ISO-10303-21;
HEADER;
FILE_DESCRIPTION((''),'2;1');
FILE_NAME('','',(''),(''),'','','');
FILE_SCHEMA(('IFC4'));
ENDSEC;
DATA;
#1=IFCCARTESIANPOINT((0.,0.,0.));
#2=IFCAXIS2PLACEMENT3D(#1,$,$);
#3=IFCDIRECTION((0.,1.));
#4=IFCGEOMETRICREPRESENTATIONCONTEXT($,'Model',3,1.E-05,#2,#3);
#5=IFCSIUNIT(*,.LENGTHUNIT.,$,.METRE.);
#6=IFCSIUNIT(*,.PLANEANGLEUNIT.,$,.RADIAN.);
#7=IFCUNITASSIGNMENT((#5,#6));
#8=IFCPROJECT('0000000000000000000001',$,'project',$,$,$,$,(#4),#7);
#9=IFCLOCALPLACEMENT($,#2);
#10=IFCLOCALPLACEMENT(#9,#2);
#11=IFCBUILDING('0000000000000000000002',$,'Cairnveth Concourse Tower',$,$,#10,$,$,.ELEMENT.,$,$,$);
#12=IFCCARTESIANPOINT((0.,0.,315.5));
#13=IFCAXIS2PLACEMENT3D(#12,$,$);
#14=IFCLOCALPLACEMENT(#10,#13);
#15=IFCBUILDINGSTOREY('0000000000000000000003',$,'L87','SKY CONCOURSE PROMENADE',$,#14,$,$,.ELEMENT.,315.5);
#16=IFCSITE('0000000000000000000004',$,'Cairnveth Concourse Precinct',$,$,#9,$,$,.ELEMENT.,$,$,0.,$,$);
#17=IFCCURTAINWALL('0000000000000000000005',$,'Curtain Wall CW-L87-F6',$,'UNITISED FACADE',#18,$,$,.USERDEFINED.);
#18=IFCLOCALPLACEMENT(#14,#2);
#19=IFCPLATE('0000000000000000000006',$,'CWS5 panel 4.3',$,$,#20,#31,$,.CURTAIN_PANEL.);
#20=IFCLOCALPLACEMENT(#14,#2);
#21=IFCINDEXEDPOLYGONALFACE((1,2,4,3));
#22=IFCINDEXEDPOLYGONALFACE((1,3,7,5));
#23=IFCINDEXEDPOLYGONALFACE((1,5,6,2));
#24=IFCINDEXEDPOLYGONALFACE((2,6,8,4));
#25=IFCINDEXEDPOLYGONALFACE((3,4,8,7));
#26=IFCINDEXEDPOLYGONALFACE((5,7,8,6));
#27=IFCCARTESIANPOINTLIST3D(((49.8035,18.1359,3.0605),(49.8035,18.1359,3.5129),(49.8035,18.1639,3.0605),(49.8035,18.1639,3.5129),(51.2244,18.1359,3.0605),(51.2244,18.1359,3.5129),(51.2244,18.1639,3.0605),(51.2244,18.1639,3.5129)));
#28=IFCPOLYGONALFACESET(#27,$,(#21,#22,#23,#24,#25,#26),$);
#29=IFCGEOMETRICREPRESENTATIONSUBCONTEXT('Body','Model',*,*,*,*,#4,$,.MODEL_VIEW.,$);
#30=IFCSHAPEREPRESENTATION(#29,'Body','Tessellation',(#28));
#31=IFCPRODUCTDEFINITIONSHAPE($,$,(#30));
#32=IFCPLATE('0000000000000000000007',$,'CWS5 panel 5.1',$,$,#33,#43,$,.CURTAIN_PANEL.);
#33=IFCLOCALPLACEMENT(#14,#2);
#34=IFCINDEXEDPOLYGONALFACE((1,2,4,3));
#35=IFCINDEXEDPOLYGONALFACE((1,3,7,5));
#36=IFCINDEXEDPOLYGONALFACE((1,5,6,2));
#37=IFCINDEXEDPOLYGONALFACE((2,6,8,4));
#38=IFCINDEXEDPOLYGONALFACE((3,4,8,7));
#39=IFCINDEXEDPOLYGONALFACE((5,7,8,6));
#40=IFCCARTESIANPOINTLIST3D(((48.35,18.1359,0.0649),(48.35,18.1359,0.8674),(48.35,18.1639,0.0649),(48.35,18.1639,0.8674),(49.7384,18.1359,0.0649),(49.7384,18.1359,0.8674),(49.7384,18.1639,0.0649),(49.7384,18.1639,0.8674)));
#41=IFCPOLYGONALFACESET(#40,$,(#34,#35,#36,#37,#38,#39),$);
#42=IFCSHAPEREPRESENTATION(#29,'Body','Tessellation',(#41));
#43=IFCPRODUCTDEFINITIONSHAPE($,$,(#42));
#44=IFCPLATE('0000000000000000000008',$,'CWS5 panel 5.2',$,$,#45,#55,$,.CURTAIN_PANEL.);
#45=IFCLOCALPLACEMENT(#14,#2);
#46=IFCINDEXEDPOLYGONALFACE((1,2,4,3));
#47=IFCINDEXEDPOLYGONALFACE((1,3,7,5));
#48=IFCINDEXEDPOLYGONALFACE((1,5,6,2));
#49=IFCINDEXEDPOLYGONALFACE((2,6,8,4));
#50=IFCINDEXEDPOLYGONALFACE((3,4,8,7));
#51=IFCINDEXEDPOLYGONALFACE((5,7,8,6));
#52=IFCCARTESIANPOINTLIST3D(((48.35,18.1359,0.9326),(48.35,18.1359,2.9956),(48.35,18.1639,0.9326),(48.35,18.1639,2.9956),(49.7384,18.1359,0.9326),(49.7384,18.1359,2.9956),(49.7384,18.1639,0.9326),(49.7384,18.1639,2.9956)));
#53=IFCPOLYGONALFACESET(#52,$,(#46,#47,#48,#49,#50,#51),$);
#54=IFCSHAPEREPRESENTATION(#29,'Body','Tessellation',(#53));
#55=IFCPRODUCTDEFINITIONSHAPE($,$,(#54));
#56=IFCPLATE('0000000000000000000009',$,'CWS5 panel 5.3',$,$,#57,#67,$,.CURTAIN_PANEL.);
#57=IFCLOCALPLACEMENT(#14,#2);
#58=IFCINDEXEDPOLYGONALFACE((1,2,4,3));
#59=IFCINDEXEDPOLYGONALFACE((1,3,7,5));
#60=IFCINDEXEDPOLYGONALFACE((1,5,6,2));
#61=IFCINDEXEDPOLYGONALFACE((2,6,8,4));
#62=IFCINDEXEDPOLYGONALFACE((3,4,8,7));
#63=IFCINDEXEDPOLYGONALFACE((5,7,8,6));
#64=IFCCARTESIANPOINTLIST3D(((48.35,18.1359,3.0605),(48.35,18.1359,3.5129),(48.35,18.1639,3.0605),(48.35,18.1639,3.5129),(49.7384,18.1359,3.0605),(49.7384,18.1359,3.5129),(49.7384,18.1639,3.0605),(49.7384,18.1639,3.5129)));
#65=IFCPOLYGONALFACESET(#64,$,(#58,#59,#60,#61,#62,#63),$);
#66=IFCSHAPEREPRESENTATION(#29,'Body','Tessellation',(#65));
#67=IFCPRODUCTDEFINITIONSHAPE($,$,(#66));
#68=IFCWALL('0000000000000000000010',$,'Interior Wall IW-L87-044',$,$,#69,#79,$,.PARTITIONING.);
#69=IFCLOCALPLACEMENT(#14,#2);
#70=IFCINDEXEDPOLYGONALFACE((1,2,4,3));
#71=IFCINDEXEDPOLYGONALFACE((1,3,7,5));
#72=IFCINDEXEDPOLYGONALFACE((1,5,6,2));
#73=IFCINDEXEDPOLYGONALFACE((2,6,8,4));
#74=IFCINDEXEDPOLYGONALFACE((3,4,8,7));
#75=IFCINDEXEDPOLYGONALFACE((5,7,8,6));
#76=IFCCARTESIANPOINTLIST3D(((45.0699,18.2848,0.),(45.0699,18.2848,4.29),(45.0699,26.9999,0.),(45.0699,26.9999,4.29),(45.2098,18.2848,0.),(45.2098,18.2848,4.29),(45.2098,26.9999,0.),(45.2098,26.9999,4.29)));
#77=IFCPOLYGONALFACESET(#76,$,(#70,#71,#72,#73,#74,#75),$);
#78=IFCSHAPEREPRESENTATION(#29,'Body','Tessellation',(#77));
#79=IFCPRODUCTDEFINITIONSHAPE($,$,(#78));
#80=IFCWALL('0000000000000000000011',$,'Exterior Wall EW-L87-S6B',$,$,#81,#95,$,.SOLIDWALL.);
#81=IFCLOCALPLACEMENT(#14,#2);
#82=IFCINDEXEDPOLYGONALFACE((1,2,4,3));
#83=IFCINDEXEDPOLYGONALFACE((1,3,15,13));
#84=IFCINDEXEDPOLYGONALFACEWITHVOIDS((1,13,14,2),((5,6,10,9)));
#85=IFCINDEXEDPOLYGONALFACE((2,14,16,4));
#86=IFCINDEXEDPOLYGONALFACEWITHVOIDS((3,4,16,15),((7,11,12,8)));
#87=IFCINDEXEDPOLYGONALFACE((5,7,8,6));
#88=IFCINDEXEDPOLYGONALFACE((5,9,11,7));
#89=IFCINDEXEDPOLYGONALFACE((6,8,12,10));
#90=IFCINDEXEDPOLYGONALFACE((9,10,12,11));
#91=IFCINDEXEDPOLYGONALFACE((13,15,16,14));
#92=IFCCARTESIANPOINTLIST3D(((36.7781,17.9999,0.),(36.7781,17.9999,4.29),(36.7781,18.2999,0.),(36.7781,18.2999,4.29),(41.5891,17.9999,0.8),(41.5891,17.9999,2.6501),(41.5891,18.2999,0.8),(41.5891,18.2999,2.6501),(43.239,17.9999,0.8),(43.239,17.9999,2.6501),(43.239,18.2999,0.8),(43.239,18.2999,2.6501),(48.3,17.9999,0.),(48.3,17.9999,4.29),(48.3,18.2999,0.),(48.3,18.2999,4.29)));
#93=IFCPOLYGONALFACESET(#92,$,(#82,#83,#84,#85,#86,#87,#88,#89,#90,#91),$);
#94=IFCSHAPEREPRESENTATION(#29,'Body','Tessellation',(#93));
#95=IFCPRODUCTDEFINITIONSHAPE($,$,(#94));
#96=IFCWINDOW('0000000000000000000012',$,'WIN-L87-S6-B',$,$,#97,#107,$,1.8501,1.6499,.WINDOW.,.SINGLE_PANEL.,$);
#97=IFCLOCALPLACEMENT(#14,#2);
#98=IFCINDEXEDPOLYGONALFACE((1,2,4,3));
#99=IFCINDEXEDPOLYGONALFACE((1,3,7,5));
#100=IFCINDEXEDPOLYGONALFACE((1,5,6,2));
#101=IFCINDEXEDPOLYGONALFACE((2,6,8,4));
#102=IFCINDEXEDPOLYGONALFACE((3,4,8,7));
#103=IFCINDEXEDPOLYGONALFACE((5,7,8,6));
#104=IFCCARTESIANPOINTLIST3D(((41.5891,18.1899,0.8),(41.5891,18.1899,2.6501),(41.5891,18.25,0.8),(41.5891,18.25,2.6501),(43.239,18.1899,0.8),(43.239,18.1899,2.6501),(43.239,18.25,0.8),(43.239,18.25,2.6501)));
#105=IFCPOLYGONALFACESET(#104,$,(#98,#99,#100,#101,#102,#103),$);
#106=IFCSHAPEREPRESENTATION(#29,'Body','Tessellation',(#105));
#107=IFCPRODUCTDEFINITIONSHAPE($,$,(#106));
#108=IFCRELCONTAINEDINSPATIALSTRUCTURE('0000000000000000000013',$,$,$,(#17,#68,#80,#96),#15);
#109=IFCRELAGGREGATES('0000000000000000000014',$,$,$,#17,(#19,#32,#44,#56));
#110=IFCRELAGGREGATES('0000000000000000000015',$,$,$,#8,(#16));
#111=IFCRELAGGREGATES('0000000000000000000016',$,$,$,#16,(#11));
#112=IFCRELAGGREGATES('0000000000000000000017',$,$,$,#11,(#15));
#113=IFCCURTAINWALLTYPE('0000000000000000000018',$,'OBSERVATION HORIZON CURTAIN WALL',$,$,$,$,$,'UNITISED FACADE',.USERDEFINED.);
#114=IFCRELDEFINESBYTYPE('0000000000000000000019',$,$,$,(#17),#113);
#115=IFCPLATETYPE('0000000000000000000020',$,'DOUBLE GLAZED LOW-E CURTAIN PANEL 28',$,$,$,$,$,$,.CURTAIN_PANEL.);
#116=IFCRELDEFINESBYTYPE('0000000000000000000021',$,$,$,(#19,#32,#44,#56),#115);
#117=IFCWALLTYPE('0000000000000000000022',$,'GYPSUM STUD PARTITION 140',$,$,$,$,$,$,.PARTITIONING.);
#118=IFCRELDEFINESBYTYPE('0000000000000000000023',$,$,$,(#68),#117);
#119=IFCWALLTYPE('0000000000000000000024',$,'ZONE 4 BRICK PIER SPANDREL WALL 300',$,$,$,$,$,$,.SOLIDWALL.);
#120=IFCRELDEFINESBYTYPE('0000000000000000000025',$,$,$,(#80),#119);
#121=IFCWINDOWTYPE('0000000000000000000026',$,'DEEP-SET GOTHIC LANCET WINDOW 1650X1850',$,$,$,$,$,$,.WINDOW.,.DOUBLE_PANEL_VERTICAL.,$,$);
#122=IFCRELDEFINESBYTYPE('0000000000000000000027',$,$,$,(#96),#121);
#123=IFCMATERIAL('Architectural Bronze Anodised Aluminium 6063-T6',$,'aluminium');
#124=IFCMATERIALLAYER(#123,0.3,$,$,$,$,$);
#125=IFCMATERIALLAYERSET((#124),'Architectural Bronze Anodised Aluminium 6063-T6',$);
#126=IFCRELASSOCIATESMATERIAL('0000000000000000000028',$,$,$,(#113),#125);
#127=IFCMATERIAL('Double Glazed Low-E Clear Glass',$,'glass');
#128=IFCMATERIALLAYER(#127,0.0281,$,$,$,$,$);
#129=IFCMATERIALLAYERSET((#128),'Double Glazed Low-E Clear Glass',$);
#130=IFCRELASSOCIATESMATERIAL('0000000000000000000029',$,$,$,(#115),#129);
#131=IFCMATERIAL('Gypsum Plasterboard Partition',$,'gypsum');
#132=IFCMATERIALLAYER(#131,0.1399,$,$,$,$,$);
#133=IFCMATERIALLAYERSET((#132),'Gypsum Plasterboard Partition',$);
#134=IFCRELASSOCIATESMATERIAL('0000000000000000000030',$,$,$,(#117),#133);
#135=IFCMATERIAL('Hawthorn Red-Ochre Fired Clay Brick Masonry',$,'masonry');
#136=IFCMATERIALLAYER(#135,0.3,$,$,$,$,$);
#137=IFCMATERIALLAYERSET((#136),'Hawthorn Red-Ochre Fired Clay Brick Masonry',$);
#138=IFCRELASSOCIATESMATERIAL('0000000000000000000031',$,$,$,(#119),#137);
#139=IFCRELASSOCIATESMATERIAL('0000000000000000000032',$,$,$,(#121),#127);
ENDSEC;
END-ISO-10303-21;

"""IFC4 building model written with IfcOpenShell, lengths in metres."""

from ifc_helpers import new_model, si_unit, direction, frame, frame_2d, origin, origin_2d, place, context, subcontext, project, spatial, rectangle, extrude, material, layer, layer_set, type_object, element, fill, aggregate, save


model = new_model("IFC4")

# Units and contexts
model_context = context("Model", 3, precision=1e-05, world=origin(), true_north=direction((0.0, 1.0)))
body_context = subcontext(model_context, "Body", "Model", "MODEL_VIEW")
ifc_project = project(units=[si_unit("LENGTHUNIT", "METRE"), si_unit("PLANEANGLEUNIT", "RADIAN")], contexts=[model_context])

# Site, building, storey
site_placement = place(None, origin())
site = spatial("IfcSite", under=ifc_project, at=site_placement, Name="Cairnveth Concourse Precinct", CompositionType="ELEMENT", RefElevation=0.0)
building_placement = place(site_placement, origin())
building = spatial("IfcBuilding", under=site, at=building_placement, Name="Cairnveth Concourse Tower", CompositionType="ELEMENT")
storey_placement = place(building_placement, frame((0.0, 0.0, 315.5)))
storey = spatial("IfcBuildingStorey", under=building, at=storey_placement, Name="L87", Description="SKY CONCOURSE PROMENADE", CompositionType="ELEMENT", Elevation=315.5)

# Curtain wall, plates
ifc_material_1 = material(Name="Architectural Bronze Anodised Aluminium 6063-T6", Category="aluminium")
ifc_layer_1 = layer(ifc_material_1, 0.3)
ifc_layer_set_1 = layer_set([ifc_layer_1], Name="Architectural Bronze Anodised Aluminium 6063-T6")
curtain_wall_type = type_object("IfcCurtainWallType", Name="OBSERVATION HORIZON CURTAIN WALL", ElementType="UNITISED FACADE", PredefinedType="USERDEFINED", material=ifc_layer_set_1)
curtain_wall_placement = place(storey_placement, origin())
curtain_wall = element("IfcCurtainWall", 1, at=curtain_wall_placement, inside=storey, type_object=curtain_wall_type, Name="Curtain Wall CW-L87-F6", ObjectType="UNITISED FACADE", PredefinedType="USERDEFINED")
ifc_material_2 = material(Name="Double Glazed Low-E Clear Glass", Category="glass")
ifc_layer_2 = layer(ifc_material_2, 0.0281)
ifc_layer_set_2 = layer_set([ifc_layer_2], Name="Double Glazed Low-E Clear Glass")
plate_type = type_object("IfcPlateType", Name="DOUBLE GLAZED LOW-E CURTAIN PANEL 28", PredefinedType="CURTAIN_PANEL", material=ifc_layer_set_2)
plate_1_placement = place(storey_placement, frame((50.5139, 18.1499, 3.0605), z_axis=(0.0, 0.0, 1.0), x_axis=(-1.0, 0.0, 0.0)))
plate_1 = element("IfcPlate", 2, at=plate_1_placement, type_object=plate_type, Name="CWS5 panel 4.3", PredefinedType="CURTAIN_PANEL", context=body_context, shape_type="SweptSolid", body=[
    extrude(rectangle(XDim=1.4209, YDim=0.0281, at=origin_2d()), origin(), (0.0, 0.0, 1.0), 0.4524),
])
plate_2_placement = place(storey_placement, frame((49.0442, 18.1499, 0.0649), z_axis=(0.0, 0.0, 1.0), x_axis=(-1.0, 0.0, 0.0)))
plate_2 = element("IfcPlate", 3, at=plate_2_placement, type_object=plate_type, Name="CWS5 panel 5.1", PredefinedType="CURTAIN_PANEL", context=body_context, shape_type="SweptSolid", body=[
    extrude(rectangle(XDim=1.3884, YDim=0.0281, at=origin_2d()), origin(), (0.0, 0.0, 1.0), 0.8025),
])
plate_3_placement = place(storey_placement, frame((49.0442, 18.1499, 0.9326), z_axis=(0.0, 0.0, 1.0), x_axis=(-1.0, 0.0, 0.0)))
plate_3 = element("IfcPlate", 4, at=plate_3_placement, type_object=plate_type, Name="CWS5 panel 5.2", PredefinedType="CURTAIN_PANEL", context=body_context, shape_type="SweptSolid", body=[
    extrude(rectangle(XDim=1.3884, YDim=0.0281, at=origin_2d()), origin(), (0.0, 0.0, 1.0), 2.063),
])
plate_4_placement = place(storey_placement, frame((49.0442, 18.1499, 3.0605), z_axis=(0.0, 0.0, 1.0), x_axis=(-1.0, 0.0, 0.0)))
plate_4 = element("IfcPlate", 5, at=plate_4_placement, type_object=plate_type, Name="CWS5 panel 5.3", PredefinedType="CURTAIN_PANEL", context=body_context, shape_type="SweptSolid", body=[
    extrude(rectangle(XDim=1.3884, YDim=0.0281, at=origin_2d()), origin(), (0.0, 0.0, 1.0), 0.4524),
])
aggregate(curtain_wall, [plate_1, plate_2, plate_3, plate_4])

# Wall
ifc_material_3 = material(Name="Gypsum Plasterboard Partition", Category="gypsum")
ifc_layer_3 = layer(ifc_material_3, 0.1399)
ifc_layer_set_3 = layer_set([ifc_layer_3], Name="Gypsum Plasterboard Partition")
wall_type_1 = type_object("IfcWallType", Name="GYPSUM STUD PARTITION 140", PredefinedType="PARTITIONING", material=ifc_layer_set_3)
wall_1_placement = place(storey_placement, frame((45.1399, 18.2849, 0.0), z_axis=(0.0, 0.0, 1.0), x_axis=(0.0, 1.0, 0.0)))
element("IfcWall", 6, at=wall_1_placement, inside=storey, type_object=wall_type_1, Name="Interior Wall IW-L87-044", PredefinedType="PARTITIONING", context=body_context, shape_type="SweptSolid", body=[
    extrude(rectangle(XDim=8.7151, YDim=0.1399, at=frame_2d((4.3574, 0.0))), origin(), (0.0, 0.0, 1.0), 4.29),
])

# Wall, opening, window
ifc_material_4 = material(Name="Hawthorn Red-Ochre Fired Clay Brick Masonry", Category="masonry")
ifc_layer_4 = layer(ifc_material_4, 0.3)
ifc_layer_set_4 = layer_set([ifc_layer_4], Name="Hawthorn Red-Ochre Fired Clay Brick Masonry")
wall_type_2 = type_object("IfcWallType", Name="ZONE 4 BRICK PIER SPANDREL WALL 300", PredefinedType="SOLIDWALL", material=ifc_layer_set_4)
wall_2_placement = place(storey_placement, frame((48.3, 18.1499, 0.0), z_axis=(0.0, 0.0, 1.0), x_axis=(-1.0, 0.0, 0.0)))
wall_2 = element("IfcWall", 7, at=wall_2_placement, inside=storey, type_object=wall_type_2, Name="Exterior Wall EW-L87-S6B", PredefinedType="SOLIDWALL", context=body_context, shape_type="SweptSolid", body=[
    extrude(rectangle(XDim=11.522, YDim=0.3, at=frame_2d((5.761, 0.0))), origin(), (0.0, 0.0, 1.0), 4.29),
])
opening_placement = place(wall_2_placement, frame((5.061, 0.0, 0.8)))
opening = element("IfcOpeningElement", 8, at=opening_placement, cuts=wall_2, PredefinedType="OPENING", context=body_context, shape_type="SweptSolid", body=[
    extrude(rectangle(XDim=1.6499, YDim=1.8501, at=frame_2d((0.825, 0.925))), frame((0.0, 0.1599, 0.0), z_axis=(0.0, -1.0, 0.0), x_axis=(1.0, 0.0, 0.0)), (0.0, 0.0, 1.0), 0.3201),
])
window_type = type_object("IfcWindowType", Name="DEEP-SET GOTHIC LANCET WINDOW 1650X1850", PartitioningType="DOUBLE_PANEL_VERTICAL", PredefinedType="WINDOW", material=ifc_material_2)
window_placement = place(opening_placement, origin())
window = element("IfcWindow", 9, at=window_placement, inside=storey, type_object=window_type, Name="WIN-L87-S6-B", OverallHeight=1.8501, OverallWidth=1.6499, PartitioningType="SINGLE_PANEL", PredefinedType="WINDOW", context=body_context, shape_type="SweptSolid", body=[
    extrude(rectangle(XDim=1.6499, YDim=1.8501, at=frame_2d((0.825, 0.925))), frame((0.0, -0.04, 0.0), z_axis=(0.0, -1.0, 0.0), x_axis=(1.0, 0.0, 0.0)), (0.0, 0.0, 1.0), 0.0601),
])
fill(opening, window)

save(model, "model.ifc")
